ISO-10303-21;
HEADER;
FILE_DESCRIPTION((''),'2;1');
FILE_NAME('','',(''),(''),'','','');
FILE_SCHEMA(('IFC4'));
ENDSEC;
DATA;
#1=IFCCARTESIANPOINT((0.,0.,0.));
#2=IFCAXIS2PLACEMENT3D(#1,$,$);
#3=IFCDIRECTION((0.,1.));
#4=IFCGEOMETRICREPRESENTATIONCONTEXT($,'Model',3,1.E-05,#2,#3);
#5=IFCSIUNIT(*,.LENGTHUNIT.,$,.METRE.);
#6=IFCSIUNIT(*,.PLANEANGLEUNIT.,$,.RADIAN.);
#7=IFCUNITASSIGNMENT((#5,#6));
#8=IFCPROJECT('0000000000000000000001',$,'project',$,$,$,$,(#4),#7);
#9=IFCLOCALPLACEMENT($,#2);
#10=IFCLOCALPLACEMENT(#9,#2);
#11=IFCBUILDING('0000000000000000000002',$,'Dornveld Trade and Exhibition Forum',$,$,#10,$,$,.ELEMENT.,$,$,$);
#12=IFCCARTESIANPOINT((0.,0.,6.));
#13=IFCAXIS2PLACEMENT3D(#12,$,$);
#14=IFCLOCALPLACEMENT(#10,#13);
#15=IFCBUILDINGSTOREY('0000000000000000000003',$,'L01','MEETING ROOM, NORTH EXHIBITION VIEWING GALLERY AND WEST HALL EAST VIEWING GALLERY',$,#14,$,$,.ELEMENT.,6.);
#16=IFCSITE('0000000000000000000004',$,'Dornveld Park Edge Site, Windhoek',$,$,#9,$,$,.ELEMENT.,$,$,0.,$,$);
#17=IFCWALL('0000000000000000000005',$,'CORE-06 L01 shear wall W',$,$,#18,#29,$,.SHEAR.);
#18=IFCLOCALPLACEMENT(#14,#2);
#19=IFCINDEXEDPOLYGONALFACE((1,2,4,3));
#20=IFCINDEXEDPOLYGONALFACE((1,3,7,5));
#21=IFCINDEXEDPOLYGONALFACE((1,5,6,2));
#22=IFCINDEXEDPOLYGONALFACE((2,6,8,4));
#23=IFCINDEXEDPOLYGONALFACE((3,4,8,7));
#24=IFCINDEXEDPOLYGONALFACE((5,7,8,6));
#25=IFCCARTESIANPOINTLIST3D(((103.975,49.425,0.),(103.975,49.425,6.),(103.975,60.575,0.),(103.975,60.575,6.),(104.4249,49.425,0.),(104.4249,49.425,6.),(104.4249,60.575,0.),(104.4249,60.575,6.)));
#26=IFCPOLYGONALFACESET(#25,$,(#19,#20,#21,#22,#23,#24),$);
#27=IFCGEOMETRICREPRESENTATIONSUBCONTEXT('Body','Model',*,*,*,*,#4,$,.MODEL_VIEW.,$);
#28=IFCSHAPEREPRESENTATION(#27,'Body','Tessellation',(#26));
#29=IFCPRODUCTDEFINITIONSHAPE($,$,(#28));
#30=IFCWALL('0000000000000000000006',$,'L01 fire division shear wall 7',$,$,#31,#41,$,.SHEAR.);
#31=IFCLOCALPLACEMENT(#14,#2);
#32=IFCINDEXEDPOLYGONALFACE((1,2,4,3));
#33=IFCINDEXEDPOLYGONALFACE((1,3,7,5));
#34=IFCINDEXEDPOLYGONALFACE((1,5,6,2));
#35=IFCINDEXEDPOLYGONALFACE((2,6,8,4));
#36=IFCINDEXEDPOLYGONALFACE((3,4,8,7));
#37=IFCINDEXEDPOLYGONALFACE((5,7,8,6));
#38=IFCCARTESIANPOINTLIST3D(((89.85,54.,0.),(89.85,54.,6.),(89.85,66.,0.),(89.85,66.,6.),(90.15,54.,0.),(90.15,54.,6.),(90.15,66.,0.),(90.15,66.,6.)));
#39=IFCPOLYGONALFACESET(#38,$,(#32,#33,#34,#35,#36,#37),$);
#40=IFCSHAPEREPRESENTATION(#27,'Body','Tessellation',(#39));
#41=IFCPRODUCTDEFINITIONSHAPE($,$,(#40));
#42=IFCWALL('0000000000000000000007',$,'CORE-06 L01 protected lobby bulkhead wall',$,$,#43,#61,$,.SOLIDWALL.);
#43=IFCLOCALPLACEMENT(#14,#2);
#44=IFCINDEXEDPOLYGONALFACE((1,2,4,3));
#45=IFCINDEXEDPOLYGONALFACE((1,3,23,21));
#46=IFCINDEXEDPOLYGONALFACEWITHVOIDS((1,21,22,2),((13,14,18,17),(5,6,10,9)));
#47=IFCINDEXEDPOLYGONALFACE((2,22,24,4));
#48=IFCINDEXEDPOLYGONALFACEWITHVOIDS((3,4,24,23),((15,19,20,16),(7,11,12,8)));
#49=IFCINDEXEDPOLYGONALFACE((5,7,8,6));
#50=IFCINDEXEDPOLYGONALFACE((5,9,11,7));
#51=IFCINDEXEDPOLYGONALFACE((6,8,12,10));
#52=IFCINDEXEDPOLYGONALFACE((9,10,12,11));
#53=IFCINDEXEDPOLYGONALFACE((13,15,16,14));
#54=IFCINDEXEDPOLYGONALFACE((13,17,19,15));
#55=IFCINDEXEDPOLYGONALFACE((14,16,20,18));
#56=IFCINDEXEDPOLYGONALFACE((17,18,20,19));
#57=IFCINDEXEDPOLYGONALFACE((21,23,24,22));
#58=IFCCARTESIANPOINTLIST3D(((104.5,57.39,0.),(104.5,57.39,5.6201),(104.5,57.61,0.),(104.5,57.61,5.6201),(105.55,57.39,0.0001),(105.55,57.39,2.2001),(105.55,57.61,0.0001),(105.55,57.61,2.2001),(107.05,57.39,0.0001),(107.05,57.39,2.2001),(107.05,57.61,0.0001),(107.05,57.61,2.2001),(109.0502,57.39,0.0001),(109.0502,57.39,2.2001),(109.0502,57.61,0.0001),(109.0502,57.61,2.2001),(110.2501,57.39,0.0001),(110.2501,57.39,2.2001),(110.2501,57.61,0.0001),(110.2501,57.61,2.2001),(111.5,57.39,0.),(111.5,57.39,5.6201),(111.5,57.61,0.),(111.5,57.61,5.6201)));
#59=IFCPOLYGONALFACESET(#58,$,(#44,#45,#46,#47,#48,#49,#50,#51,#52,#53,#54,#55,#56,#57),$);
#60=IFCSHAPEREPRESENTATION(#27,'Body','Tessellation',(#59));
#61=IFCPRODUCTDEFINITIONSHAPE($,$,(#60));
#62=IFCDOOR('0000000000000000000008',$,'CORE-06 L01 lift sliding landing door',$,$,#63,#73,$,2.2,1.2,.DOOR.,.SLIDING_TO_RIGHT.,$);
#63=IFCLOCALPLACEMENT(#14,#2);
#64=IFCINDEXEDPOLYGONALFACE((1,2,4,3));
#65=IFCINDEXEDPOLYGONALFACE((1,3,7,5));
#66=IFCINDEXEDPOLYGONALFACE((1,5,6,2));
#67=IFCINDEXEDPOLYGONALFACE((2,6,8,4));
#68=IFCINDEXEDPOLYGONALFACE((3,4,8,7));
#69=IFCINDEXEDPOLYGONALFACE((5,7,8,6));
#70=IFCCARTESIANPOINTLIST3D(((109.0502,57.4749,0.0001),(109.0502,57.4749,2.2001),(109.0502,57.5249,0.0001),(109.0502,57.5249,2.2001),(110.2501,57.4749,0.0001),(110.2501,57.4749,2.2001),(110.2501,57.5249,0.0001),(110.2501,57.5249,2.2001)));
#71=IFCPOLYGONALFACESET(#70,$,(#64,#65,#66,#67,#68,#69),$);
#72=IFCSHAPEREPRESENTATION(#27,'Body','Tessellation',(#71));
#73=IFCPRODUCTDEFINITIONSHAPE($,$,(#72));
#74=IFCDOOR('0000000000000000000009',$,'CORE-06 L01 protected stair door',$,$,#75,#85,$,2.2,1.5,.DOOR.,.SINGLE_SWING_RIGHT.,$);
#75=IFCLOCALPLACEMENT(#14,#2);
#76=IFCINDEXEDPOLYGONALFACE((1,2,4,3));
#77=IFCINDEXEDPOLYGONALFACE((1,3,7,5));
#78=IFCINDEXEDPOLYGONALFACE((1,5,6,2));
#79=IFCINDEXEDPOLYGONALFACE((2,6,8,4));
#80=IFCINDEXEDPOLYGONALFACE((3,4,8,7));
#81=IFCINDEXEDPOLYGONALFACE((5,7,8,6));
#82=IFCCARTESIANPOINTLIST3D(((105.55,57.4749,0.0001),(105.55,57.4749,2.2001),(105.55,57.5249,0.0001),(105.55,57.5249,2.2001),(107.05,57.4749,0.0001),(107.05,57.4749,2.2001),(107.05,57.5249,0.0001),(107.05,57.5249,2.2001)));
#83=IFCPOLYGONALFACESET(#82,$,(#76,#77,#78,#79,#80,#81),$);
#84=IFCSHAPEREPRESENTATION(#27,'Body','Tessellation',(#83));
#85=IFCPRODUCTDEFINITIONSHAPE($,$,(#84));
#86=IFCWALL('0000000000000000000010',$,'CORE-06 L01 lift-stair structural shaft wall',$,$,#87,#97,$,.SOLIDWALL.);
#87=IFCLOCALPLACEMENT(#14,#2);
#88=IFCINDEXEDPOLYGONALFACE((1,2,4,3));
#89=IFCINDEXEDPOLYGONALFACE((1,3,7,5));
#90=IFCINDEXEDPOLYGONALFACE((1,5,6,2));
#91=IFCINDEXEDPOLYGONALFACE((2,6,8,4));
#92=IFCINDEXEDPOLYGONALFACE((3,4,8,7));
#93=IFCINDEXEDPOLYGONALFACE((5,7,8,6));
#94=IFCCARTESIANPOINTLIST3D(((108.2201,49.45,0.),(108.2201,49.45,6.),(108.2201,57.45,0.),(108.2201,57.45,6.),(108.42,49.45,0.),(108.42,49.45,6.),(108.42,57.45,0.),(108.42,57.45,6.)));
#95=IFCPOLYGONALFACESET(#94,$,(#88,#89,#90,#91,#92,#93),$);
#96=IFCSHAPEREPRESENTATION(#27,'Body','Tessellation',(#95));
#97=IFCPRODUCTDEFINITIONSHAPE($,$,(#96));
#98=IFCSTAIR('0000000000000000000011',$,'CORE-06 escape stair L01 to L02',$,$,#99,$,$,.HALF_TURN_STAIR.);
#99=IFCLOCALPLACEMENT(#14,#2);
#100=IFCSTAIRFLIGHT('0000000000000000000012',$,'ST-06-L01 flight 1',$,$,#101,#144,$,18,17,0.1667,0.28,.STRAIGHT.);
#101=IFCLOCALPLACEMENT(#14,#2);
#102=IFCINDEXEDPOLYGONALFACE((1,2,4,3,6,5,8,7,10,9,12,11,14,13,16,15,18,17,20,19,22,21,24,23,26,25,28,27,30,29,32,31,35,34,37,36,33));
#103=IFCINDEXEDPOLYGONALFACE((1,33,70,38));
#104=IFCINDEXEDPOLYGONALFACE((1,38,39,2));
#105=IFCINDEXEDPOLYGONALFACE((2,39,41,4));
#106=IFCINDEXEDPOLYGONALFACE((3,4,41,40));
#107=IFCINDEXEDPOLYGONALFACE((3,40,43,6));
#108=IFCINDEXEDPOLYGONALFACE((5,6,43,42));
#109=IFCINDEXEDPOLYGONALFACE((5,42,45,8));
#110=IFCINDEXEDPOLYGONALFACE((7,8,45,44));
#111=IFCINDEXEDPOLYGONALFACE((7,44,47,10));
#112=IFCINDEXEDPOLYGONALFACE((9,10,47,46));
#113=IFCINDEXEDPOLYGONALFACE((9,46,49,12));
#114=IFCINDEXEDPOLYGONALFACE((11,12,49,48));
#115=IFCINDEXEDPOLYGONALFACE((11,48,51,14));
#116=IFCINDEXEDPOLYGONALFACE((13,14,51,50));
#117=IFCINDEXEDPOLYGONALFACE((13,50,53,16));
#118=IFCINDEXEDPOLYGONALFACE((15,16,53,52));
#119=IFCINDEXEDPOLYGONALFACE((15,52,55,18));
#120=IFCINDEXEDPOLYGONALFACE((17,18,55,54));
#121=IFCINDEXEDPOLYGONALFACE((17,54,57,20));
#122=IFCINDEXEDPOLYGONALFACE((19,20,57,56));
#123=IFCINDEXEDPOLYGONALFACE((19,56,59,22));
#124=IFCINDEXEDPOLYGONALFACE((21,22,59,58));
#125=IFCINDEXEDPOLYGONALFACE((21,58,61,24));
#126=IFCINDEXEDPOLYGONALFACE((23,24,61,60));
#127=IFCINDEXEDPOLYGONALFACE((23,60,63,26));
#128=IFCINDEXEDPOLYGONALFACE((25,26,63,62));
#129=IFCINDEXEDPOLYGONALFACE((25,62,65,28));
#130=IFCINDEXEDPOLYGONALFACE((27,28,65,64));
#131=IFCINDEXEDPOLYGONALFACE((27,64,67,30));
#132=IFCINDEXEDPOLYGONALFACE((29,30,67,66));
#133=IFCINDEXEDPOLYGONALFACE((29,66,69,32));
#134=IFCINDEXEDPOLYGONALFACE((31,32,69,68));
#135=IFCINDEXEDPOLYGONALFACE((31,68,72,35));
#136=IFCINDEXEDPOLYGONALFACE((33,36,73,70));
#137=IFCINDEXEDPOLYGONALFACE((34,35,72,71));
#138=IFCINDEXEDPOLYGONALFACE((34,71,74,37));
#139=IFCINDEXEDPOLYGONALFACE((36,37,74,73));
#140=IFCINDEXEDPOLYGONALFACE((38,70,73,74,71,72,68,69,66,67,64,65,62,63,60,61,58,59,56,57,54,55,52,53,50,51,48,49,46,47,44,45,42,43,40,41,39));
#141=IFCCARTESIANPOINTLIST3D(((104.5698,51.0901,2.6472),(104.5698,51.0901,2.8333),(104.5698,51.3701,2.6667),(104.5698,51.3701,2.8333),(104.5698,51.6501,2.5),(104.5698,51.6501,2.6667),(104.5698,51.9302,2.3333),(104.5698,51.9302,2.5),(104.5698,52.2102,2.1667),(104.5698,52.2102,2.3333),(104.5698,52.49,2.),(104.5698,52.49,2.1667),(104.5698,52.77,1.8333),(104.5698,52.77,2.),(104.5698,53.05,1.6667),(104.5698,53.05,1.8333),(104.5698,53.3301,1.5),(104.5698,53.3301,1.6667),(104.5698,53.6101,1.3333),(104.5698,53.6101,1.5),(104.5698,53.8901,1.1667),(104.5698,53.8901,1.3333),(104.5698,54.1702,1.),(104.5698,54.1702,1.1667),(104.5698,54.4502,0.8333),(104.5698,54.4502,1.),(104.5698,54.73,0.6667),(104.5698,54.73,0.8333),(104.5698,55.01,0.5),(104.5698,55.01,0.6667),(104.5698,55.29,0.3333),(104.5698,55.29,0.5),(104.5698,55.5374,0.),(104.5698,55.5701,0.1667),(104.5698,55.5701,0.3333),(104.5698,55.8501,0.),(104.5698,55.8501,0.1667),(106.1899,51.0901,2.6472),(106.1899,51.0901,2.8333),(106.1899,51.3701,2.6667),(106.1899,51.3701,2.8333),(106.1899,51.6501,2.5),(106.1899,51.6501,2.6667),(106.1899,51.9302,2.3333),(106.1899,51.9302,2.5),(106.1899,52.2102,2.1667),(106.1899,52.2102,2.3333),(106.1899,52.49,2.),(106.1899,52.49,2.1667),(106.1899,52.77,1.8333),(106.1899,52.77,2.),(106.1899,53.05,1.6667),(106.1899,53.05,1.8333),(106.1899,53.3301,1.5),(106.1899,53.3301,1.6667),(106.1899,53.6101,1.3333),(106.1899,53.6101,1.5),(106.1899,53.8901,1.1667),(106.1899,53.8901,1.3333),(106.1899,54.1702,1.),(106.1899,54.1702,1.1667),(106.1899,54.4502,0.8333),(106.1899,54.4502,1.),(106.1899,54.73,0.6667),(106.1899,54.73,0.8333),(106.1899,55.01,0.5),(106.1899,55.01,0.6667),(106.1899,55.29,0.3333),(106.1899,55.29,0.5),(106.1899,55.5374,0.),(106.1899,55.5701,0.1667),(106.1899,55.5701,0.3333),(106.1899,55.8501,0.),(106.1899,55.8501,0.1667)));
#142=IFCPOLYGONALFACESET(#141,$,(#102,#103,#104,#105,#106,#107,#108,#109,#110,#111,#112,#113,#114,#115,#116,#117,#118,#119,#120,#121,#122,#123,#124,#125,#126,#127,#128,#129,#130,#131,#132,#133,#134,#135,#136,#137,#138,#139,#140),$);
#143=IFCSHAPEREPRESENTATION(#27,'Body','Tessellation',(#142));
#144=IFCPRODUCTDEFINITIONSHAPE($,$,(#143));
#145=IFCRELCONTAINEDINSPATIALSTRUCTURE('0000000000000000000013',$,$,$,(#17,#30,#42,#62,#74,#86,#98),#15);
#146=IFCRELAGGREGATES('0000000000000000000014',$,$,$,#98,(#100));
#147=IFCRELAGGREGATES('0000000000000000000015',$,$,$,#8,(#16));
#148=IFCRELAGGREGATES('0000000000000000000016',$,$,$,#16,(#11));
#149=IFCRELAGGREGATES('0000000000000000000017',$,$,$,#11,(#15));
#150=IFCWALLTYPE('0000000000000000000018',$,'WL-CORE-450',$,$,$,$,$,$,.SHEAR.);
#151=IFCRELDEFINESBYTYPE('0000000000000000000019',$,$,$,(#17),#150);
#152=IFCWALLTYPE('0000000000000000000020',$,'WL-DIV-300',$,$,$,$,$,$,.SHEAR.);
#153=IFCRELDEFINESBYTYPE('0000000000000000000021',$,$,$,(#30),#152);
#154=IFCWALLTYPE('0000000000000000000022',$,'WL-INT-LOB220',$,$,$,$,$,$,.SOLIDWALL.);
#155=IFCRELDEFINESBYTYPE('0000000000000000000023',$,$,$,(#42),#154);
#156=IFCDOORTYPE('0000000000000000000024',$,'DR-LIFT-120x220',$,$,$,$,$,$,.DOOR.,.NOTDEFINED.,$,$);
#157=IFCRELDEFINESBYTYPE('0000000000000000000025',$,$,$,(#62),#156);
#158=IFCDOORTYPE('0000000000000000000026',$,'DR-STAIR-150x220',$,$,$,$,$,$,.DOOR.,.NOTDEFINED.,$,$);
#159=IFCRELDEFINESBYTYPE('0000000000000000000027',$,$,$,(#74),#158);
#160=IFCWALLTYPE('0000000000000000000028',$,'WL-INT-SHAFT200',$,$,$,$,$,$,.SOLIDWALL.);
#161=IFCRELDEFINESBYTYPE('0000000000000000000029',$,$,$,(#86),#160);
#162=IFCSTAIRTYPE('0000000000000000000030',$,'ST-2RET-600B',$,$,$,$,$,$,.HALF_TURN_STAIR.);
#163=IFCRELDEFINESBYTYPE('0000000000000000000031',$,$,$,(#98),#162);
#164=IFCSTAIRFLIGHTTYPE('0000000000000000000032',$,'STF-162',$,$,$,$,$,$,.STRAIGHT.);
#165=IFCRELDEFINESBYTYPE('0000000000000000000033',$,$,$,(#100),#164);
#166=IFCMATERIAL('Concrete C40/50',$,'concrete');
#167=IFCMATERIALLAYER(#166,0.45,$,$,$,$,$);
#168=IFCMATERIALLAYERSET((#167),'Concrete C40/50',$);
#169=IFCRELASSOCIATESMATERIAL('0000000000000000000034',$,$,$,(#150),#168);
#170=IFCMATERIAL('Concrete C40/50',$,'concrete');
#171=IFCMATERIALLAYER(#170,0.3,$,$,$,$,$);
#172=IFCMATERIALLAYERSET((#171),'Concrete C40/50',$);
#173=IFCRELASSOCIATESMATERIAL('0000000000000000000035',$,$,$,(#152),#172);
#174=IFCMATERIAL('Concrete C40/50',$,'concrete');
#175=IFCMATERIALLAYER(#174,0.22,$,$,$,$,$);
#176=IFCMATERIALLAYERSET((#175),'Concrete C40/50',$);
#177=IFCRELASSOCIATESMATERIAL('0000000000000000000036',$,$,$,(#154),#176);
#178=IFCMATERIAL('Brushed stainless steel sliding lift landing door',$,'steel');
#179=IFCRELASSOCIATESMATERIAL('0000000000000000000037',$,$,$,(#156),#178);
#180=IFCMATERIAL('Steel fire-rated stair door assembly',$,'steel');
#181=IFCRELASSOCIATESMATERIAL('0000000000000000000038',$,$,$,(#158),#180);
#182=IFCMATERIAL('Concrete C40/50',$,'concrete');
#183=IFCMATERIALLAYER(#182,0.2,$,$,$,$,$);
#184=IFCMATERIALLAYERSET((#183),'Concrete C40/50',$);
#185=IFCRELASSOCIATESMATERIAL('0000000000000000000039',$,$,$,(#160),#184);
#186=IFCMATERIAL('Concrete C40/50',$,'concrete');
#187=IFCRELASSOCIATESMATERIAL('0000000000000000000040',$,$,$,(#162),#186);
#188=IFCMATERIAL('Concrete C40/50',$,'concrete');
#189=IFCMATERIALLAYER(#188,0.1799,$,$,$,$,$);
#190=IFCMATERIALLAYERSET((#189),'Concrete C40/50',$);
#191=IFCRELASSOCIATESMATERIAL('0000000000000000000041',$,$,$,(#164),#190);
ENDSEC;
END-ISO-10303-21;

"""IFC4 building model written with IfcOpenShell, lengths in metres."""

from ifc_helpers import new_model, si_unit, direction, frame, frame_2d, origin, place, context, subcontext, project, spatial, polyline, rectangle, outline, extrude, material, layer, layer_set, type_object, element, fill, aggregate, save


model = new_model("IFC4")

# Units and contexts
model_context = context("Model", 3, precision=1e-05, world=origin(), true_north=direction((0.0, 1.0)))
body_context = subcontext(model_context, "Body", "Model", "MODEL_VIEW")
ifc_project = project(units=[si_unit("LENGTHUNIT", "METRE"), si_unit("PLANEANGLEUNIT", "RADIAN")], contexts=[model_context])

# Site, building, storey
site_placement = place(None, origin())
site = spatial("IfcSite", under=ifc_project, at=site_placement, Name="Dornveld Park Edge Site, Windhoek", CompositionType="ELEMENT", RefElevation=0.0)
building_placement = place(site_placement, origin())
building = spatial("IfcBuilding", under=site, at=building_placement, Name="Dornveld Trade and Exhibition Forum", CompositionType="ELEMENT")
storey_placement = place(building_placement, frame((0.0, 0.0, 6.0)))
storey = spatial("IfcBuildingStorey", under=building, at=storey_placement, Name="L01", Description="MEETING ROOM, NORTH EXHIBITION VIEWING GALLERY AND WEST HALL EAST VIEWING GALLERY", CompositionType="ELEMENT", Elevation=6.0)

# Shared definitions
ifc_material_1 = material(Name="Concrete C40/50", Category="concrete")
ifc_layer_1 = layer(ifc_material_1, 0.45)
ifc_layer_set_1 = layer_set([ifc_layer_1], Name="Concrete C40/50")
wall_type_1 = type_object("IfcWallType", Name="WL-CORE-450", PredefinedType="SHEAR", material=ifc_layer_set_1)

# Walls
wall_1_placement = place(storey_placement, frame((104.2, 49.425, 0.0), z_axis=(0.0, 0.0, 1.0), x_axis=(0.0, 1.0, 0.0)))
element("IfcWall", 1, at=wall_1_placement, inside=storey, type_object=wall_type_1, Name="CORE-06 L01 shear wall W", PredefinedType="SHEAR", context=body_context, shape_type="SweptSolid", body=[
    extrude(rectangle(XDim=11.1499, YDim=0.45, at=frame_2d((5.575, 0.0))), origin(), (0.0, 0.0, 1.0), 6.0),
])
ifc_material_2 = material(Name="Concrete C40/50", Category="concrete")
ifc_layer_2 = layer(ifc_material_2, 0.3)
ifc_layer_set_2 = layer_set([ifc_layer_2], Name="Concrete C40/50")
wall_type_2 = type_object("IfcWallType", Name="WL-DIV-300", PredefinedType="SHEAR", material=ifc_layer_set_2)
wall_2_placement = place(storey_placement, frame((90.0, 54.0, 0.0), z_axis=(0.0, 0.0, 1.0), x_axis=(0.0, 1.0, 0.0)))
element("IfcWall", 2, at=wall_2_placement, inside=storey, type_object=wall_type_2, Name="L01 fire division shear wall 7", PredefinedType="SHEAR", context=body_context, shape_type="SweptSolid", body=[
    extrude(rectangle(XDim=12.0, YDim=0.3, at=frame_2d((6.0, 0.0))), origin(), (0.0, 0.0, 1.0), 6.0),
])

# Wall, openings, doors
ifc_material_3 = material(Name="Concrete C40/50", Category="concrete")
ifc_layer_3 = layer(ifc_material_3, 0.22)
ifc_layer_set_3 = layer_set([ifc_layer_3], Name="Concrete C40/50")
wall_type_3 = type_object("IfcWallType", Name="WL-INT-LOB220", PredefinedType="SOLIDWALL", material=ifc_layer_set_3)
wall_3_placement = place(storey_placement, frame((104.5, 57.5, 0.0), z_axis=(0.0, 0.0, 1.0), x_axis=(1.0, 0.0, 0.0)))
wall_3 = element("IfcWall", 3, at=wall_3_placement, inside=storey, type_object=wall_type_3, Name="CORE-06 L01 protected lobby bulkhead wall", PredefinedType="SOLIDWALL", context=body_context, shape_type="SweptSolid", body=[
    extrude(rectangle(XDim=7.0, YDim=0.22, at=frame_2d((3.5, 0.0))), origin(), (0.0, 0.0, 1.0), 5.6201),
])
opening_1_placement = place(wall_3_placement, frame((1.05, 0.0, 0.0)))
opening_1 = element("IfcOpeningElement", 4, at=opening_1_placement, cuts=wall_3, PredefinedType="OPENING", context=body_context, shape_type="SweptSolid", body=[
    extrude(rectangle(XDim=1.5, YDim=2.2, at=frame_2d((0.75, 1.1001))), frame((0.0, 0.1199, 0.0), z_axis=(0.0, -1.0, 0.0), x_axis=(1.0, 0.0, 0.0)), (0.0, 0.0, 1.0), 0.24),
])
opening_2_placement = place(wall_3_placement, frame((4.55, 0.0, 0.0)))
opening_2 = element("IfcOpeningElement", 5, at=opening_2_placement, cuts=wall_3, PredefinedType="OPENING", context=body_context, shape_type="SweptSolid", body=[
    extrude(rectangle(XDim=1.2, YDim=2.2, at=frame_2d((0.6001, 1.1001))), frame((0.0, 0.1199, 0.0), z_axis=(0.0, -1.0, 0.0), x_axis=(1.0, 0.0, 0.0)), (0.0, 0.0, 1.0), 0.24),
])
ifc_material_4 = material(Name="Brushed stainless steel sliding lift landing door", Category="steel")
door_type_1 = type_object("IfcDoorType", Name="DR-LIFT-120x220", OperationType="NOTDEFINED", PredefinedType="DOOR", material=ifc_material_4)
door_1_placement = place(opening_2_placement, origin())
door_1 = element("IfcDoor", 6, at=door_1_placement, inside=storey, type_object=door_type_1, Name="CORE-06 L01 lift sliding landing door", OperationType="SLIDING_TO_RIGHT", OverallHeight=2.2, OverallWidth=1.2, PredefinedType="DOOR", context=body_context, shape_type="SweptSolid", body=[
    extrude(rectangle(XDim=1.2, YDim=2.2, at=frame_2d((0.6001, 1.1001))), frame((0.0, 0.0249, 0.0), z_axis=(0.0, -1.0, 0.0), x_axis=(1.0, 0.0, 0.0)), (0.0, 0.0, 1.0), 0.05),
])
fill(opening_2, door_1)
ifc_material_5 = material(Name="Steel fire-rated stair door assembly", Category="steel")
door_type_2 = type_object("IfcDoorType", Name="DR-STAIR-150x220", OperationType="NOTDEFINED", PredefinedType="DOOR", material=ifc_material_5)
door_2_placement = place(opening_1_placement, origin())
door_2 = element("IfcDoor", 7, at=door_2_placement, inside=storey, type_object=door_type_2, Name="CORE-06 L01 protected stair door", OperationType="SINGLE_SWING_RIGHT", OverallHeight=2.2, OverallWidth=1.5, PredefinedType="DOOR", context=body_context, shape_type="SweptSolid", body=[
    extrude(rectangle(XDim=1.5, YDim=2.2, at=frame_2d((0.75, 1.1001))), frame((0.0, 0.0249, 0.0), z_axis=(0.0, -1.0, 0.0), x_axis=(1.0, 0.0, 0.0)), (0.0, 0.0, 1.0), 0.05),
])
fill(opening_1, door_2)

# Wall
ifc_material_6 = material(Name="Concrete C40/50", Category="concrete")
ifc_layer_4 = layer(ifc_material_6, 0.2)
ifc_layer_set_4 = layer_set([ifc_layer_4], Name="Concrete C40/50")
wall_type_4 = type_object("IfcWallType", Name="WL-INT-SHAFT200", PredefinedType="SOLIDWALL", material=ifc_layer_set_4)
wall_4_placement = place(storey_placement, frame((108.3201, 49.45, 0.0), z_axis=(0.0, 0.0, 1.0), x_axis=(0.0, 1.0, 0.0)))
element("IfcWall", 8, at=wall_4_placement, inside=storey, type_object=wall_type_4, Name="CORE-06 L01 lift-stair structural shaft wall", PredefinedType="SOLIDWALL", context=body_context, shape_type="SweptSolid", body=[
    extrude(rectangle(XDim=8.0, YDim=0.2, at=frame_2d((4.0, 0.0))), origin(), (0.0, 0.0, 1.0), 6.0),
])

# Stair, stair flight
ifc_material_7 = material(Name="Concrete C40/50", Category="concrete")
stair_type = type_object("IfcStairType", Name="ST-2RET-600B", PredefinedType="HALF_TURN_STAIR", material=ifc_material_7)
stair_placement = place(storey_placement, origin())
stair = element("IfcStair", 9, at=stair_placement, inside=storey, type_object=stair_type, Name="CORE-06 escape stair L01 to L02", PredefinedType="HALF_TURN_STAIR")
ifc_material_8 = material(Name="Concrete C40/50", Category="concrete")
ifc_layer_5 = layer(ifc_material_8, 0.1799)
ifc_layer_set_5 = layer_set([ifc_layer_5], Name="Concrete C40/50")
stair_flight_type = type_object("IfcStairFlightType", Name="STF-162", PredefinedType="STRAIGHT", material=ifc_layer_set_5)
stair_flight_1_placement = place(storey_placement, frame((105.3799, 55.8501, 0.0), z_axis=(0.0, 0.0, 1.0), x_axis=(0.0, -1.0, 0.0)))
stair_flight_1 = element("IfcStairFlight", 10, at=stair_flight_1_placement, type_object=stair_flight_type, Name="ST-06-L01 flight 1", NumberOfRisers=18, NumberOfTreads=17, PredefinedType="STRAIGHT", RiserHeight=0.1667, TreadLength=0.28, context=body_context, shape_type="SweptSolid", body=[
    extrude(outline(polyline([(0.0, 0.0), (0.0, 0.1667), (0.28, 0.1667), (0.28, 0.3333), (0.5601, 0.3333), (0.5601, 0.5), (0.8401, 0.5), (0.8401, 0.6667), (1.1201, 0.6667), (1.1201, 0.8333), (1.3999, 0.8333), (1.3999, 1.0), (1.6799, 1.0), (1.6799, 1.1667), (1.96, 1.1667), (1.96, 1.3333), (2.24, 1.3333), (2.24, 1.5), (2.52, 1.5), (2.52, 1.6667), (2.8, 1.6667), (2.8, 1.8333), (3.0801, 1.8333), (3.0801, 2.0), (3.3601, 2.0), (3.3601, 2.1667), (3.6399, 2.1667), (3.6399, 2.3333), (3.9199, 2.3333), (3.9199, 2.5), (4.2, 2.5), (4.2, 2.6667), (4.48, 2.6667), (4.48, 2.8333), (4.76, 2.8333), (4.76, 3.0), (4.76, 2.6472), (0.3127, 0.0), (0.0, 0.0)])), frame((0.0, 0.8101, 0.0), z_axis=(0.0, -1.0, 0.0), x_axis=(1.0, 0.0, 0.0)), (0.0, 0.0, 1.0), 1.6201),
])
aggregate(stair, [stair_flight_1])

save(model, "model.ifc")
